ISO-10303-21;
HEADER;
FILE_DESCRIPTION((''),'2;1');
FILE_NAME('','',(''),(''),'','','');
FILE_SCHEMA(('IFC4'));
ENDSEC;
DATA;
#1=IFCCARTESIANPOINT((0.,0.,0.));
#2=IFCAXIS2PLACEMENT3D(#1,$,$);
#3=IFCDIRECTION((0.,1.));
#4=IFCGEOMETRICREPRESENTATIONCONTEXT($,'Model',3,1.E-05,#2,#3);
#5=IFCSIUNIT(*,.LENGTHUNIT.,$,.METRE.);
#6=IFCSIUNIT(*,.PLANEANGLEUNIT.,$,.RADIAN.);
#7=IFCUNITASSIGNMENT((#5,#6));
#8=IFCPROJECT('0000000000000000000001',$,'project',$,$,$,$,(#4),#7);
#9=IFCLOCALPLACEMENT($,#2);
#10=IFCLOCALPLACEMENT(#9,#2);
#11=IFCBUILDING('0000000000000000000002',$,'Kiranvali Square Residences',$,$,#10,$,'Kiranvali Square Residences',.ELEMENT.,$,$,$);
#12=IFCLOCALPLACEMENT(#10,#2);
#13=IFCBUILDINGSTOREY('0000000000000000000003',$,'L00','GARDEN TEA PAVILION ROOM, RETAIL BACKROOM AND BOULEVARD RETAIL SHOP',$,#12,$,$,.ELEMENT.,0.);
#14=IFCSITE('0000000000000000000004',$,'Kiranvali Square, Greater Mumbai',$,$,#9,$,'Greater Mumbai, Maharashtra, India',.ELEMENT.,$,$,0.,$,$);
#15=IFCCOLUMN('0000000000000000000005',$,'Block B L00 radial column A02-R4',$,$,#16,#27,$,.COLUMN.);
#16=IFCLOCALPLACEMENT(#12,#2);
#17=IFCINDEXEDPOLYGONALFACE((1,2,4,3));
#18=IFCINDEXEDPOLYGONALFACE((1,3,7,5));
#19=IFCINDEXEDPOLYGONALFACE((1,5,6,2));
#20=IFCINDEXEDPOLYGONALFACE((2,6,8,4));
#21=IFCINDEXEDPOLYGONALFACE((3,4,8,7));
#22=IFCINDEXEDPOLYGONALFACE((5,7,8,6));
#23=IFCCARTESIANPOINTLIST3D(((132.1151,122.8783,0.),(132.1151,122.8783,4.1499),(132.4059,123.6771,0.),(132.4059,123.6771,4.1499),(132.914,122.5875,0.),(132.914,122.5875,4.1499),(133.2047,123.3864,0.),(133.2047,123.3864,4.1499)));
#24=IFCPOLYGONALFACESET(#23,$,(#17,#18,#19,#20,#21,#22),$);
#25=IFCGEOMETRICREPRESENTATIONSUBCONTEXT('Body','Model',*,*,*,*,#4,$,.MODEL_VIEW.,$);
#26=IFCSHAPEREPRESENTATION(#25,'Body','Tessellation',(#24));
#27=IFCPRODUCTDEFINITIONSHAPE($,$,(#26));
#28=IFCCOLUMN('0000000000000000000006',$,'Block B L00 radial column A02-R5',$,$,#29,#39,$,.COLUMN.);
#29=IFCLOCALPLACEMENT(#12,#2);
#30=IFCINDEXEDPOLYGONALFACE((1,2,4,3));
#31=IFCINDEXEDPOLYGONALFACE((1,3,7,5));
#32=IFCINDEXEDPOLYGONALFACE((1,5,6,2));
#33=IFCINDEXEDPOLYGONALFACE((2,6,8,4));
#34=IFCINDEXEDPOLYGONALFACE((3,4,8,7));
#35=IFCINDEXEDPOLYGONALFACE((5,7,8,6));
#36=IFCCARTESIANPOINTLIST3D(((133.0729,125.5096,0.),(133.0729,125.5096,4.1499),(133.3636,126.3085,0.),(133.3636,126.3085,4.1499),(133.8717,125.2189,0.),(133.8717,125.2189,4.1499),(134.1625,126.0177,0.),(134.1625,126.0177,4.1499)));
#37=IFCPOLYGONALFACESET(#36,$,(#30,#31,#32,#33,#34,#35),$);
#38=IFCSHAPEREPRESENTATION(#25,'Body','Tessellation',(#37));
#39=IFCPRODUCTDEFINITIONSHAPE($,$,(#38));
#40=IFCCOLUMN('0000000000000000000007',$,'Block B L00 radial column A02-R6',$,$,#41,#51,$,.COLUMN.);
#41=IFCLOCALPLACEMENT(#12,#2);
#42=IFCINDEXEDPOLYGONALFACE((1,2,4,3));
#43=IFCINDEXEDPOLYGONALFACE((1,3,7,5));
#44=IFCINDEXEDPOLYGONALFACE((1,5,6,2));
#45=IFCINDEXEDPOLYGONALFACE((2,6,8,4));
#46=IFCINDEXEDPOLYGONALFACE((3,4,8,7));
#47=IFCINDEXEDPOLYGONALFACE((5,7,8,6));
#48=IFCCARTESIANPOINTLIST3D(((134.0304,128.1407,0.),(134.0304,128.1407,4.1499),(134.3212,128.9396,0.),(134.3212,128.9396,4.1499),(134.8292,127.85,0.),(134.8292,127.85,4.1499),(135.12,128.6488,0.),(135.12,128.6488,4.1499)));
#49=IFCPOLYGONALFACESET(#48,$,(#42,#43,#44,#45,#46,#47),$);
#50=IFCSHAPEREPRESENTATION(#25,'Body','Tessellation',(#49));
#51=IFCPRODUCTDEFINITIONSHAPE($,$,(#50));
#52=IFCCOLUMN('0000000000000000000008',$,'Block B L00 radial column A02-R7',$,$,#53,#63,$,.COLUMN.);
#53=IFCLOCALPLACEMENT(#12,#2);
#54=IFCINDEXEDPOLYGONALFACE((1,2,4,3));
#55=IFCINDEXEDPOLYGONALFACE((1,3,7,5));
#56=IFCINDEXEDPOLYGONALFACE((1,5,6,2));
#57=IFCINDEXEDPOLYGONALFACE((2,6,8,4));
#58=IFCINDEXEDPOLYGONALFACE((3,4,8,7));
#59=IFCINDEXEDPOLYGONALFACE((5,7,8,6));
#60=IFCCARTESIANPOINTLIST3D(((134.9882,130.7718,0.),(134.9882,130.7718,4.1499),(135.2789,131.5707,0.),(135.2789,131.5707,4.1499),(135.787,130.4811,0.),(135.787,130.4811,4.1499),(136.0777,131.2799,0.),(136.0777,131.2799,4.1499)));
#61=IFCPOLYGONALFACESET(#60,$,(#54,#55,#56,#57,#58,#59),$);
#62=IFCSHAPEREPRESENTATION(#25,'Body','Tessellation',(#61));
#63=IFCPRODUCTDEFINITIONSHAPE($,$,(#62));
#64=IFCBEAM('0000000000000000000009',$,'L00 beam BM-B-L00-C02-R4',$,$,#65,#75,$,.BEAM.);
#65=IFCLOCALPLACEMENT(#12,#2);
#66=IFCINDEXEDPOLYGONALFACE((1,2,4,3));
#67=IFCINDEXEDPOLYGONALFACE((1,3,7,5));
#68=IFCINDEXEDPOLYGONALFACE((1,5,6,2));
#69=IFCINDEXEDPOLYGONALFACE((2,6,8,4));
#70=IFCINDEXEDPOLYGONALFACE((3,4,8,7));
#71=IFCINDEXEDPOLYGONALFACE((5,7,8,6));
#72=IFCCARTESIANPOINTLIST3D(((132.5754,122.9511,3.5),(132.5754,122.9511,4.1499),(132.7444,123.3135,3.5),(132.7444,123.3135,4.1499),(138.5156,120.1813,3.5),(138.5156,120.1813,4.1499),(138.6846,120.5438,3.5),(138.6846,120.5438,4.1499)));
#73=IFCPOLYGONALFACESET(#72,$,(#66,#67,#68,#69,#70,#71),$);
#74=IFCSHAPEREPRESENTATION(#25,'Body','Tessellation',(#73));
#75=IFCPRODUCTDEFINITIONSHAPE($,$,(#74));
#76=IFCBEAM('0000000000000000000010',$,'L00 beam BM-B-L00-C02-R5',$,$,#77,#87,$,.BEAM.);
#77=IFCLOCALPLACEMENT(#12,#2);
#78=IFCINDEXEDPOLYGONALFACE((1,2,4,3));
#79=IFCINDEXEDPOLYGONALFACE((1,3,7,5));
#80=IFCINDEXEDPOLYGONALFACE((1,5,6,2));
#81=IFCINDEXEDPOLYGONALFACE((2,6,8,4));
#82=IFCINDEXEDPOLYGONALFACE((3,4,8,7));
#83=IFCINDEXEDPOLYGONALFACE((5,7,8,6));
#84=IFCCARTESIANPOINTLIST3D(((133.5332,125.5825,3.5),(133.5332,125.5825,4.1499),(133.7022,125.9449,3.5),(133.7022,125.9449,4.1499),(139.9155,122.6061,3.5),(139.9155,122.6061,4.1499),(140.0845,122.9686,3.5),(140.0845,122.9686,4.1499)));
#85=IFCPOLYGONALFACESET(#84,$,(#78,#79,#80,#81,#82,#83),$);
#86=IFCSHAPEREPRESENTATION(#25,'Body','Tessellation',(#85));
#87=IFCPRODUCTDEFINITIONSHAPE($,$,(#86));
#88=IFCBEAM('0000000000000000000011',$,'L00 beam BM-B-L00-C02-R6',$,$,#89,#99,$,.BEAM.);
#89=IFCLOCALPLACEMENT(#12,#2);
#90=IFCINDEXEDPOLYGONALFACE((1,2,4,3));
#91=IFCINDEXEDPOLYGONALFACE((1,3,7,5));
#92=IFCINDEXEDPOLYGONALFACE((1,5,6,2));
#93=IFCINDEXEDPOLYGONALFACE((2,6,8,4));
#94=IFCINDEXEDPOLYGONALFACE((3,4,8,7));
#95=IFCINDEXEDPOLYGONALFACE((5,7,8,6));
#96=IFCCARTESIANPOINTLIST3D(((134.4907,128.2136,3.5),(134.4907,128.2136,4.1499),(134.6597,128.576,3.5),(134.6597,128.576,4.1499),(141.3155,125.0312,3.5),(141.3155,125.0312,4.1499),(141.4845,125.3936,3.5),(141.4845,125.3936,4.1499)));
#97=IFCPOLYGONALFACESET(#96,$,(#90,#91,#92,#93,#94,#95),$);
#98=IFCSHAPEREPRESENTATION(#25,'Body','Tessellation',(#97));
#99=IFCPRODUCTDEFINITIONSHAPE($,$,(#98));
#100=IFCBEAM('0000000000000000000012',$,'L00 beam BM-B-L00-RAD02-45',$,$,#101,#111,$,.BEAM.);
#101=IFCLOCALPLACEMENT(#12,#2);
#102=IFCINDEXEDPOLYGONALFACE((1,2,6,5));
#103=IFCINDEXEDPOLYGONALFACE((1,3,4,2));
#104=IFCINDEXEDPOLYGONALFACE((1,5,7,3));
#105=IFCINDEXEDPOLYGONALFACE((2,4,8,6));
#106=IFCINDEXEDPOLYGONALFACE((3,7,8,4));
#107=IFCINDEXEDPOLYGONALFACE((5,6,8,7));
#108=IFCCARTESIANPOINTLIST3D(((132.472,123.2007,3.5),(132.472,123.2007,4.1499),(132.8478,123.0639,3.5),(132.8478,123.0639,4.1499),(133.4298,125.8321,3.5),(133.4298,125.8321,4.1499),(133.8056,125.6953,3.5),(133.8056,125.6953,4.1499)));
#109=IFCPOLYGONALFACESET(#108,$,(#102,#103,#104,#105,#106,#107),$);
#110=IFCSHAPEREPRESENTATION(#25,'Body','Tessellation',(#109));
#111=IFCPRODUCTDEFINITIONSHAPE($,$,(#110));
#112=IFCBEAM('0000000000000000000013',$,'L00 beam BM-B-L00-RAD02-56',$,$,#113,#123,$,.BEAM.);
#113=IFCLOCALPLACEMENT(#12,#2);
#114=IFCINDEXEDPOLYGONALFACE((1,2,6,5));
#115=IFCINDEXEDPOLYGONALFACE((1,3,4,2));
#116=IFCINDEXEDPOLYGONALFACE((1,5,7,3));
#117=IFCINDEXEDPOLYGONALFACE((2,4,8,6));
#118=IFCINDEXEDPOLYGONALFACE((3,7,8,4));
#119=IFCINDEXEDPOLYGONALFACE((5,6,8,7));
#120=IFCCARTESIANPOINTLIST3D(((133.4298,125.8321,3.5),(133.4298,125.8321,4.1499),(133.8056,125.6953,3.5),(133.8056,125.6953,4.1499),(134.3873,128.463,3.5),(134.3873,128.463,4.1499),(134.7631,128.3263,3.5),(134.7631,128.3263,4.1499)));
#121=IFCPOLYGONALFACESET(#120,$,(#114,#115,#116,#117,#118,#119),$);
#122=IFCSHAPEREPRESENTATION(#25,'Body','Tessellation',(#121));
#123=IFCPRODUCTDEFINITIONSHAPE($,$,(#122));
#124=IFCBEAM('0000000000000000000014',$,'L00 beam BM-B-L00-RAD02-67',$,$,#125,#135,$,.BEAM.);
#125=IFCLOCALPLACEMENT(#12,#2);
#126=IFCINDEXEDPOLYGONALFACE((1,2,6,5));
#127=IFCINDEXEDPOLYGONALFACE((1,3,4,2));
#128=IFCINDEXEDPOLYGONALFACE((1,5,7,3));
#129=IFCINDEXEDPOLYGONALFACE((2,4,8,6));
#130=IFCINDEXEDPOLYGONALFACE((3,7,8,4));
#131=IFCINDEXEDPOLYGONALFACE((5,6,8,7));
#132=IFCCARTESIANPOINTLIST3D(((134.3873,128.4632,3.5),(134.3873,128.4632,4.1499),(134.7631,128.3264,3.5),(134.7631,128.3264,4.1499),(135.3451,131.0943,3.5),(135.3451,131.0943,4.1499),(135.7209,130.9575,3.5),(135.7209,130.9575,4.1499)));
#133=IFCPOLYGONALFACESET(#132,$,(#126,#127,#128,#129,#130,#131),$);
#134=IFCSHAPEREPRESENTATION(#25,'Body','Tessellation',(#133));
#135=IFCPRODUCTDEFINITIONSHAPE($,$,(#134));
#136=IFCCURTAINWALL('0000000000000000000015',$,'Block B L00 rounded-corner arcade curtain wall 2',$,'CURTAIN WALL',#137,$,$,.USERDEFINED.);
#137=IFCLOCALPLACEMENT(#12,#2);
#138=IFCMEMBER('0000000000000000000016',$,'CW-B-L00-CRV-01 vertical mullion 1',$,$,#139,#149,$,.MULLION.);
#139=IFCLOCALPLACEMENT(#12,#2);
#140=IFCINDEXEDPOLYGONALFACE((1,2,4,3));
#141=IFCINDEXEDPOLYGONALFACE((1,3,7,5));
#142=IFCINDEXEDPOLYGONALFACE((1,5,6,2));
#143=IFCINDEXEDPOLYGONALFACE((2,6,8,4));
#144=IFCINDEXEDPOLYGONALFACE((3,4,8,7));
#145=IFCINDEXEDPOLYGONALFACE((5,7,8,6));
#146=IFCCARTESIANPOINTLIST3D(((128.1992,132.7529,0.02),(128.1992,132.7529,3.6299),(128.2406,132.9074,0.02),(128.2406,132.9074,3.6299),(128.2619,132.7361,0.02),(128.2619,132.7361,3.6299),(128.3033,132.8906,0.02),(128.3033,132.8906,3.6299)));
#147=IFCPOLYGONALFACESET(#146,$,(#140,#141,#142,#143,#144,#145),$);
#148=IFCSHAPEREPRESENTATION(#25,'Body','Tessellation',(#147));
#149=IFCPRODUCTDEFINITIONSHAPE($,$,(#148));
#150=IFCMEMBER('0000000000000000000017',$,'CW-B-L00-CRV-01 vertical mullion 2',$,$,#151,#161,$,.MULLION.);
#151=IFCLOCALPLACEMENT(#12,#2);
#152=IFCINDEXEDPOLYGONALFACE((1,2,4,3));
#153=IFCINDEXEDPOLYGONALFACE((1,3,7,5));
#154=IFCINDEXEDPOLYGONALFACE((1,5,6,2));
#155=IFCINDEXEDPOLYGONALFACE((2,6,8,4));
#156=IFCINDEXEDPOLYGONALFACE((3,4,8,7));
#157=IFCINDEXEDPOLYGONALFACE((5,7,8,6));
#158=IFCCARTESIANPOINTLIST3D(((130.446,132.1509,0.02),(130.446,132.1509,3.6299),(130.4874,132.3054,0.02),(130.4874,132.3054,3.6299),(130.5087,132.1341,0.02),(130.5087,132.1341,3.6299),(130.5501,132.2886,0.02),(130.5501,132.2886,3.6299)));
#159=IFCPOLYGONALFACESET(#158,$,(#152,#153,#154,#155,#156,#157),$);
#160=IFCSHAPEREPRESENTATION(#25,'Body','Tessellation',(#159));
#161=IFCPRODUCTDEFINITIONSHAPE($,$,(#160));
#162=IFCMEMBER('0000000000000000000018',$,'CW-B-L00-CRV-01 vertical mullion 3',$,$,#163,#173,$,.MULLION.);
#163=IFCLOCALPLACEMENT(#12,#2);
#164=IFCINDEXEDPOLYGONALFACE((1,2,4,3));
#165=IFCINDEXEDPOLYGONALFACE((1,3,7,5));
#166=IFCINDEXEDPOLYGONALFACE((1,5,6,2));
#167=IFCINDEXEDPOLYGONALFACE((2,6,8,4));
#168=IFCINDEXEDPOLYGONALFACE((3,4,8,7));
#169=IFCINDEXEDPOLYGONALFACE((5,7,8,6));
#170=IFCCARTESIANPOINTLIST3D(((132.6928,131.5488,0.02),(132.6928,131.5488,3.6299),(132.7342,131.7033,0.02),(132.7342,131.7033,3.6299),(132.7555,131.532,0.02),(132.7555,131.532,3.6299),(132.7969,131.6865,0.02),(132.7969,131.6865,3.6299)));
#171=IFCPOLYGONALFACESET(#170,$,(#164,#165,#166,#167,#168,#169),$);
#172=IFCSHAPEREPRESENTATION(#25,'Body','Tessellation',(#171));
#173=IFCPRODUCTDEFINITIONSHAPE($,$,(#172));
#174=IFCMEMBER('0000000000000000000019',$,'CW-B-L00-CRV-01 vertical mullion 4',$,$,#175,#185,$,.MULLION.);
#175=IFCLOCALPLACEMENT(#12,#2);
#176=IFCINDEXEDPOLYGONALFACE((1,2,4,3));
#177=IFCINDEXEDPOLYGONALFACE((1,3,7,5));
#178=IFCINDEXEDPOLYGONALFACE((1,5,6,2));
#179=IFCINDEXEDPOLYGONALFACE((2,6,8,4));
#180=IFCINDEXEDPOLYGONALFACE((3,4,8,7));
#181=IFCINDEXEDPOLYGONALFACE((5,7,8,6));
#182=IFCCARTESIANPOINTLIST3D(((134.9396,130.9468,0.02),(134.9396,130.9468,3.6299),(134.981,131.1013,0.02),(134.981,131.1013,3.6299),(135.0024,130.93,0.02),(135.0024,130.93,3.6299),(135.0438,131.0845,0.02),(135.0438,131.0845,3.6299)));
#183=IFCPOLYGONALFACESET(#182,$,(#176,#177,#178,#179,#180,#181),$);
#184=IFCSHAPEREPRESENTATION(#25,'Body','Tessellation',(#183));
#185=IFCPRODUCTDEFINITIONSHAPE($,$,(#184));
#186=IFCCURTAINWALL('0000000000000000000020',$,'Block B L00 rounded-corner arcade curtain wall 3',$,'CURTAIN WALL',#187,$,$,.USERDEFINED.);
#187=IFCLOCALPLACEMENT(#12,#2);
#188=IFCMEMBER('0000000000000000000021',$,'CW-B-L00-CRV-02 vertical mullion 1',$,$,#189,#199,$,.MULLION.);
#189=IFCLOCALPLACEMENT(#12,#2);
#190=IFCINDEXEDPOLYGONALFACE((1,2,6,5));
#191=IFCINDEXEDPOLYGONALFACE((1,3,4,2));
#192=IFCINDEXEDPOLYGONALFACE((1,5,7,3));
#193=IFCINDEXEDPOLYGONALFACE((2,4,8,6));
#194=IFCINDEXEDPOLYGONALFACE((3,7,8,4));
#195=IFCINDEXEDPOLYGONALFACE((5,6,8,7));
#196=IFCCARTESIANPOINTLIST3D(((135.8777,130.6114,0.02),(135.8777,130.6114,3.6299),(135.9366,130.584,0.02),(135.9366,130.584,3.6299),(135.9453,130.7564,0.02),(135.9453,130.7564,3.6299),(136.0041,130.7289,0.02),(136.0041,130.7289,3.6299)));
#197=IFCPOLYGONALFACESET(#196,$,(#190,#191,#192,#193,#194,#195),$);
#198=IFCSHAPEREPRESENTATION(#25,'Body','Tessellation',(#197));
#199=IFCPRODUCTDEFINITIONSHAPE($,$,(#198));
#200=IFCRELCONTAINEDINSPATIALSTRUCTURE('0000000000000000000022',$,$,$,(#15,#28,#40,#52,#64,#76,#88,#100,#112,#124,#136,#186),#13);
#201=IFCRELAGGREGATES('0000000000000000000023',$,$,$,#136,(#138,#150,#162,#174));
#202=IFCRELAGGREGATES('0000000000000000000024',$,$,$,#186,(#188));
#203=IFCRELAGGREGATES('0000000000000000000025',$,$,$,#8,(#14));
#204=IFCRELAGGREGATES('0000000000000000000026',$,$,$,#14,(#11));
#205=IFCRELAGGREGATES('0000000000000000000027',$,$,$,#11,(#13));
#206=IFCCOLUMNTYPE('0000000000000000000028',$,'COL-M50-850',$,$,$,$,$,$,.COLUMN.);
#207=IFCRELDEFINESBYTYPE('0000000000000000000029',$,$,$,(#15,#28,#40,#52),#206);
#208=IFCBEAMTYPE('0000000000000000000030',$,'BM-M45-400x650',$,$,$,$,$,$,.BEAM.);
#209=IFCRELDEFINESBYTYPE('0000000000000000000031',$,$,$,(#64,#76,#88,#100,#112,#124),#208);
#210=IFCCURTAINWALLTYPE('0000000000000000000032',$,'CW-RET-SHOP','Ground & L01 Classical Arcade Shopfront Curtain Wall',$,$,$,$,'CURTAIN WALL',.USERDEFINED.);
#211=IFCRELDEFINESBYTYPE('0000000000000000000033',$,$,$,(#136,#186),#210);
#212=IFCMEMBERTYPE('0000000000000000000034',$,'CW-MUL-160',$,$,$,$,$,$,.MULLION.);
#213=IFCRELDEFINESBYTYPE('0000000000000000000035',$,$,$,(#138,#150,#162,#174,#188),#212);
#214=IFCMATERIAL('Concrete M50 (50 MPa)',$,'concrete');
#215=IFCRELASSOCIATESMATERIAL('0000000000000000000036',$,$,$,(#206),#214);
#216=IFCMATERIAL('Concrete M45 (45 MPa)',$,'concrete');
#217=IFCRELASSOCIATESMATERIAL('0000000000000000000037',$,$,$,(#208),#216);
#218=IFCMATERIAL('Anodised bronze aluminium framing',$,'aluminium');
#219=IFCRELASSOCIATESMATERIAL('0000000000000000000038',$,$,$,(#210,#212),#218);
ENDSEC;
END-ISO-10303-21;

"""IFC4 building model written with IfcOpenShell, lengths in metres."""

from ifc_helpers import new_model, si_unit, direction, frame, origin, origin_2d, place, context, subcontext, project, spatial, rectangle, extrude, material, material_profile, profile_set, type_object, element, aggregate, save


model = new_model("IFC4")

# Units and contexts
model_context = context("Model", 3, precision=1e-05, world=origin(), true_north=direction((0.0, 1.0)))
body_context = subcontext(model_context, "Body", "Model", "MODEL_VIEW")
ifc_project = project(units=[si_unit("LENGTHUNIT", "METRE"), si_unit("PLANEANGLEUNIT", "RADIAN")], contexts=[model_context])

# Site, building, storey
site_placement = place(None, origin())
site = spatial("IfcSite", under=ifc_project, at=site_placement, Name="Kiranvali Square, Greater Mumbai", LongName="Greater Mumbai, Maharashtra, India", CompositionType="ELEMENT", RefElevation=0.0)
building_placement = place(site_placement, origin())
building = spatial("IfcBuilding", under=site, at=building_placement, Name="Kiranvali Square Residences", LongName="Kiranvali Square Residences", CompositionType="ELEMENT")
storey_placement = place(building_placement, origin())
storey = spatial("IfcBuildingStorey", under=building, at=storey_placement, Name="L00", Description="GARDEN TEA PAVILION ROOM, RETAIL BACKROOM AND BOULEVARD RETAIL SHOP", CompositionType="ELEMENT", Elevation=0.0)

# Columns
ifc_material_1 = material(Name="Concrete M50 (50 MPa)", Category="concrete")
ifc_material_profile_1 = material_profile(ifc_material_1, rectangle(XDim=0.8501, YDim=0.8501, at=origin_2d()), Name="RC 850x850")
ifc_profile_set_1 = profile_set([ifc_material_profile_1], Name="Concrete M50 (50 MPa)")
column_type = type_object("IfcColumnType", Name="COL-M50-850", PredefinedType="COLUMN", material=ifc_profile_set_1)
for number, where, z_axis, x_axis, name in (
    (1, (132.6599, 123.1323, 0.0), (0.0, 0.0, 1.0), (-0.939693, 0.34202, 0.0), "Block B L00 radial column A02-R4"),
    (2, (133.6177, 125.7637, 0.0), (0.0, 0.0, 1.0), (-0.939693, 0.34202, 0.0), "Block B L00 radial column A02-R5"),
    (3, (134.5752, 128.3948, 0.0), (0.0, 0.0, 1.0), (-0.939693, 0.34202, 0.0), "Block B L00 radial column A02-R6"),
    (4, (135.533, 131.0259, 0.0), (0.0, 0.0, 1.0), (-0.939693, 0.34202, 0.0), "Block B L00 radial column A02-R7"),
):
    element("IfcColumn", number, at=place(storey_placement, frame(where, z_axis=z_axis, x_axis=x_axis)), inside=storey, type_object=column_type, Name=name, PredefinedType="COLUMN", context=body_context, shape_type="SweptSolid", body=[
        extrude(rectangle(XDim=0.8501, YDim=0.8501, at=origin_2d()), origin(), (0.0, 0.0, 1.0), 4.1499),
    ])

# Beams
ifc_material_2 = material(Name="Concrete M45 (45 MPa)", Category="concrete")
ifc_material_profile_2 = material_profile(ifc_material_2, rectangle(XDim=0.3999, YDim=0.6499, at=origin_2d()), Name="RC 400x650")
ifc_profile_set_2 = profile_set([ifc_material_profile_2], Name="Concrete M45 (45 MPa)")
beam_type_1 = type_object("IfcBeamType", Name="BM-M45-400x650", PredefinedType="BEAM", material=ifc_profile_set_2)
beam_1_placement = place(storey_placement, frame((132.6599, 123.1323, 3.825), z_axis=(0.906318, -0.422596, 0.0), x_axis=(0.422596, 0.906318, 0.0)))
element("IfcBeam", 5, at=beam_1_placement, inside=storey, type_object=beam_type_1, Name="L00 beam BM-B-L00-C02-R4", PredefinedType="BEAM", context=body_context, shape_type="SweptSolid", body=[
    extrude(rectangle(XDim=0.3999, YDim=0.6499, at=origin_2d()), origin(), (0.0, 0.0, 1.0), 6.5542),
])
beam_2_placement = place(storey_placement, frame((133.6177, 125.7637, 3.825), z_axis=(0.906297, -0.422641, 0.0), x_axis=(0.422641, 0.906297, 0.0)))
element("IfcBeam", 6, at=beam_2_placement, inside=storey, type_object=beam_type_1, Name="L00 beam BM-B-L00-C02-R5", PredefinedType="BEAM", context=body_context, shape_type="SweptSolid", body=[
    extrude(rectangle(XDim=0.3999, YDim=0.6499, at=origin_2d()), origin(), (0.0, 0.0, 1.0), 7.0422),
])
beam_3_placement = place(storey_placement, frame((134.5752, 128.3948, 3.825), z_axis=(0.90631, -0.422614, 0.0), x_axis=(0.422614, 0.90631, 0.0)))
element("IfcBeam", 7, at=beam_3_placement, inside=storey, type_object=beam_type_1, Name="L00 beam BM-B-L00-C02-R6", PredefinedType="BEAM", context=body_context, shape_type="SweptSolid", body=[
    extrude(rectangle(XDim=0.3999, YDim=0.6499, at=origin_2d()), origin(), (0.0, 0.0, 1.0), 7.5303),
])
beam_4_placement = place(storey_placement, frame((132.6599, 123.1323, 3.825), z_axis=(0.34203, 0.939689, 0.0), x_axis=(-0.939689, 0.34203, 0.0)))
element("IfcBeam", 8, at=beam_4_placement, inside=storey, type_object=beam_type_1, Name="L00 beam BM-B-L00-RAD02-45", PredefinedType="BEAM", context=body_context, shape_type="SweptSolid", body=[
    extrude(rectangle(XDim=0.3999, YDim=0.6499, at=origin_2d()), origin(), (0.0, 0.0, 1.0), 2.8003),
])
beam_5_placement = place(storey_placement, frame((133.6177, 125.7637, 3.825), z_axis=(0.341981, 0.939707, 0.0), x_axis=(-0.939707, 0.341981, 0.0)))
element("IfcBeam", 9, at=beam_5_placement, inside=storey, type_object=beam_type_1, Name="L00 beam BM-B-L00-RAD02-56", PredefinedType="BEAM", context=body_context, shape_type="SweptSolid", body=[
    extrude(rectangle(XDim=0.3999, YDim=0.6499, at=origin_2d()), origin(), (0.0, 0.0, 1.0), 2.7998),
])
beam_6_placement = place(storey_placement, frame((134.5752, 128.3948, 3.825), z_axis=(0.342058, 0.939679, 0.0), x_axis=(-0.939679, 0.342058, 0.0)))
element("IfcBeam", 10, at=beam_6_placement, inside=storey, type_object=beam_type_1, Name="L00 beam BM-B-L00-RAD02-67", PredefinedType="BEAM", context=body_context, shape_type="SweptSolid", body=[
    extrude(rectangle(XDim=0.3999, YDim=0.6499, at=origin_2d()), origin(), (0.0, 0.0, 1.0), 2.8),
])

# Curtain wall, members
ifc_material_3 = material(Name="Anodised bronze aluminium framing", Category="aluminium")
curtain_wall_type = type_object("IfcCurtainWallType", Name="CW-RET-SHOP", Description="Ground & L01 Classical Arcade Shopfront Curtain Wall", ElementType="CURTAIN WALL", PredefinedType="USERDEFINED", material=ifc_material_3)
curtain_wall_1_placement = place(storey_placement, origin())
curtain_wall_1 = element("IfcCurtainWall", 11, at=curtain_wall_1_placement, inside=storey, type_object=curtain_wall_type, Name="Block B L00 rounded-corner arcade curtain wall 2", ObjectType="CURTAIN WALL", PredefinedType="USERDEFINED")
ifc_material_profile_3 = material_profile(ifc_material_3, rectangle(XDim=0.0649, YDim=0.1599, at=origin_2d()), Name="ALU 65x160")
ifc_profile_set_3 = profile_set([ifc_material_profile_3], Name="Anodised bronze aluminium framing")
member_type_1 = type_object("IfcMemberType", Name="CW-MUL-160", PredefinedType="MULLION", material=ifc_profile_set_3)
member_1_placement = place(storey_placement, frame((128.2512, 132.8218, 0.02), z_axis=(0.0, 0.0, 1.0), x_axis=(0.965926, -0.258819, 0.0)))
member_1 = element("IfcMember", 12, at=member_1_placement, type_object=member_type_1, Name="CW-B-L00-CRV-01 vertical mullion 1", PredefinedType="MULLION", context=body_context, shape_type="SweptSolid", body=[
    extrude(rectangle(XDim=0.0649, YDim=0.1599, at=origin_2d()), origin(), (0.0, 0.0, 1.0), 3.6099),
])
member_2_placement = place(storey_placement, frame((130.498, 132.2197, 0.02), z_axis=(0.0, 0.0, 1.0), x_axis=(0.965926, -0.258819, 0.0)))
member_2 = element("IfcMember", 13, at=member_2_placement, type_object=member_type_1, Name="CW-B-L00-CRV-01 vertical mullion 2", PredefinedType="MULLION", context=body_context, shape_type="SweptSolid", body=[
    extrude(rectangle(XDim=0.0649, YDim=0.1599, at=origin_2d()), origin(), (0.0, 0.0, 1.0), 3.6099),
])
member_3_placement = place(storey_placement, frame((132.7449, 131.6177, 0.02), z_axis=(0.0, 0.0, 1.0), x_axis=(0.965926, -0.258819, 0.0)))
member_3 = element("IfcMember", 14, at=member_3_placement, type_object=member_type_1, Name="CW-B-L00-CRV-01 vertical mullion 3", PredefinedType="MULLION", context=body_context, shape_type="SweptSolid", body=[
    extrude(rectangle(XDim=0.0649, YDim=0.1599, at=origin_2d()), origin(), (0.0, 0.0, 1.0), 3.6099),
])
member_4_placement = place(storey_placement, frame((134.9917, 131.0156, 0.02), z_axis=(0.0, 0.0, 1.0), x_axis=(0.965926, -0.258819, 0.0)))
member_4 = element("IfcMember", 15, at=member_4_placement, type_object=member_type_1, Name="CW-B-L00-CRV-01 vertical mullion 4", PredefinedType="MULLION", context=body_context, shape_type="SweptSolid", body=[
    extrude(rectangle(XDim=0.0649, YDim=0.1599, at=origin_2d()), origin(), (0.0, 0.0, 1.0), 3.6099),
])

# Curtain wall, member
curtain_wall_2_placement = place(storey_placement, origin())
curtain_wall_2 = element("IfcCurtainWall", 16, at=curtain_wall_2_placement, inside=storey, type_object=curtain_wall_type, Name="Block B L00 rounded-corner arcade curtain wall 3", ObjectType="CURTAIN WALL", PredefinedType="USERDEFINED")
member_5_placement = place(storey_placement, frame((135.9409, 130.6702, 0.02), z_axis=(0.0, 0.0, 1.0), x_axis=(0.906308, -0.422618, 0.0)))
member_5 = element("IfcMember", 17, at=member_5_placement, type_object=member_type_1, Name="CW-B-L00-CRV-02 vertical mullion 1", PredefinedType="MULLION", context=body_context, shape_type="SweptSolid", body=[
    extrude(rectangle(XDim=0.0649, YDim=0.1599, at=origin_2d()), origin(), (0.0, 0.0, 1.0), 3.6099),
])

aggregate(curtain_wall_1, [member_1, member_2, member_3, member_4])
aggregate(curtain_wall_2, [member_5])

save(model, "model.ifc")
